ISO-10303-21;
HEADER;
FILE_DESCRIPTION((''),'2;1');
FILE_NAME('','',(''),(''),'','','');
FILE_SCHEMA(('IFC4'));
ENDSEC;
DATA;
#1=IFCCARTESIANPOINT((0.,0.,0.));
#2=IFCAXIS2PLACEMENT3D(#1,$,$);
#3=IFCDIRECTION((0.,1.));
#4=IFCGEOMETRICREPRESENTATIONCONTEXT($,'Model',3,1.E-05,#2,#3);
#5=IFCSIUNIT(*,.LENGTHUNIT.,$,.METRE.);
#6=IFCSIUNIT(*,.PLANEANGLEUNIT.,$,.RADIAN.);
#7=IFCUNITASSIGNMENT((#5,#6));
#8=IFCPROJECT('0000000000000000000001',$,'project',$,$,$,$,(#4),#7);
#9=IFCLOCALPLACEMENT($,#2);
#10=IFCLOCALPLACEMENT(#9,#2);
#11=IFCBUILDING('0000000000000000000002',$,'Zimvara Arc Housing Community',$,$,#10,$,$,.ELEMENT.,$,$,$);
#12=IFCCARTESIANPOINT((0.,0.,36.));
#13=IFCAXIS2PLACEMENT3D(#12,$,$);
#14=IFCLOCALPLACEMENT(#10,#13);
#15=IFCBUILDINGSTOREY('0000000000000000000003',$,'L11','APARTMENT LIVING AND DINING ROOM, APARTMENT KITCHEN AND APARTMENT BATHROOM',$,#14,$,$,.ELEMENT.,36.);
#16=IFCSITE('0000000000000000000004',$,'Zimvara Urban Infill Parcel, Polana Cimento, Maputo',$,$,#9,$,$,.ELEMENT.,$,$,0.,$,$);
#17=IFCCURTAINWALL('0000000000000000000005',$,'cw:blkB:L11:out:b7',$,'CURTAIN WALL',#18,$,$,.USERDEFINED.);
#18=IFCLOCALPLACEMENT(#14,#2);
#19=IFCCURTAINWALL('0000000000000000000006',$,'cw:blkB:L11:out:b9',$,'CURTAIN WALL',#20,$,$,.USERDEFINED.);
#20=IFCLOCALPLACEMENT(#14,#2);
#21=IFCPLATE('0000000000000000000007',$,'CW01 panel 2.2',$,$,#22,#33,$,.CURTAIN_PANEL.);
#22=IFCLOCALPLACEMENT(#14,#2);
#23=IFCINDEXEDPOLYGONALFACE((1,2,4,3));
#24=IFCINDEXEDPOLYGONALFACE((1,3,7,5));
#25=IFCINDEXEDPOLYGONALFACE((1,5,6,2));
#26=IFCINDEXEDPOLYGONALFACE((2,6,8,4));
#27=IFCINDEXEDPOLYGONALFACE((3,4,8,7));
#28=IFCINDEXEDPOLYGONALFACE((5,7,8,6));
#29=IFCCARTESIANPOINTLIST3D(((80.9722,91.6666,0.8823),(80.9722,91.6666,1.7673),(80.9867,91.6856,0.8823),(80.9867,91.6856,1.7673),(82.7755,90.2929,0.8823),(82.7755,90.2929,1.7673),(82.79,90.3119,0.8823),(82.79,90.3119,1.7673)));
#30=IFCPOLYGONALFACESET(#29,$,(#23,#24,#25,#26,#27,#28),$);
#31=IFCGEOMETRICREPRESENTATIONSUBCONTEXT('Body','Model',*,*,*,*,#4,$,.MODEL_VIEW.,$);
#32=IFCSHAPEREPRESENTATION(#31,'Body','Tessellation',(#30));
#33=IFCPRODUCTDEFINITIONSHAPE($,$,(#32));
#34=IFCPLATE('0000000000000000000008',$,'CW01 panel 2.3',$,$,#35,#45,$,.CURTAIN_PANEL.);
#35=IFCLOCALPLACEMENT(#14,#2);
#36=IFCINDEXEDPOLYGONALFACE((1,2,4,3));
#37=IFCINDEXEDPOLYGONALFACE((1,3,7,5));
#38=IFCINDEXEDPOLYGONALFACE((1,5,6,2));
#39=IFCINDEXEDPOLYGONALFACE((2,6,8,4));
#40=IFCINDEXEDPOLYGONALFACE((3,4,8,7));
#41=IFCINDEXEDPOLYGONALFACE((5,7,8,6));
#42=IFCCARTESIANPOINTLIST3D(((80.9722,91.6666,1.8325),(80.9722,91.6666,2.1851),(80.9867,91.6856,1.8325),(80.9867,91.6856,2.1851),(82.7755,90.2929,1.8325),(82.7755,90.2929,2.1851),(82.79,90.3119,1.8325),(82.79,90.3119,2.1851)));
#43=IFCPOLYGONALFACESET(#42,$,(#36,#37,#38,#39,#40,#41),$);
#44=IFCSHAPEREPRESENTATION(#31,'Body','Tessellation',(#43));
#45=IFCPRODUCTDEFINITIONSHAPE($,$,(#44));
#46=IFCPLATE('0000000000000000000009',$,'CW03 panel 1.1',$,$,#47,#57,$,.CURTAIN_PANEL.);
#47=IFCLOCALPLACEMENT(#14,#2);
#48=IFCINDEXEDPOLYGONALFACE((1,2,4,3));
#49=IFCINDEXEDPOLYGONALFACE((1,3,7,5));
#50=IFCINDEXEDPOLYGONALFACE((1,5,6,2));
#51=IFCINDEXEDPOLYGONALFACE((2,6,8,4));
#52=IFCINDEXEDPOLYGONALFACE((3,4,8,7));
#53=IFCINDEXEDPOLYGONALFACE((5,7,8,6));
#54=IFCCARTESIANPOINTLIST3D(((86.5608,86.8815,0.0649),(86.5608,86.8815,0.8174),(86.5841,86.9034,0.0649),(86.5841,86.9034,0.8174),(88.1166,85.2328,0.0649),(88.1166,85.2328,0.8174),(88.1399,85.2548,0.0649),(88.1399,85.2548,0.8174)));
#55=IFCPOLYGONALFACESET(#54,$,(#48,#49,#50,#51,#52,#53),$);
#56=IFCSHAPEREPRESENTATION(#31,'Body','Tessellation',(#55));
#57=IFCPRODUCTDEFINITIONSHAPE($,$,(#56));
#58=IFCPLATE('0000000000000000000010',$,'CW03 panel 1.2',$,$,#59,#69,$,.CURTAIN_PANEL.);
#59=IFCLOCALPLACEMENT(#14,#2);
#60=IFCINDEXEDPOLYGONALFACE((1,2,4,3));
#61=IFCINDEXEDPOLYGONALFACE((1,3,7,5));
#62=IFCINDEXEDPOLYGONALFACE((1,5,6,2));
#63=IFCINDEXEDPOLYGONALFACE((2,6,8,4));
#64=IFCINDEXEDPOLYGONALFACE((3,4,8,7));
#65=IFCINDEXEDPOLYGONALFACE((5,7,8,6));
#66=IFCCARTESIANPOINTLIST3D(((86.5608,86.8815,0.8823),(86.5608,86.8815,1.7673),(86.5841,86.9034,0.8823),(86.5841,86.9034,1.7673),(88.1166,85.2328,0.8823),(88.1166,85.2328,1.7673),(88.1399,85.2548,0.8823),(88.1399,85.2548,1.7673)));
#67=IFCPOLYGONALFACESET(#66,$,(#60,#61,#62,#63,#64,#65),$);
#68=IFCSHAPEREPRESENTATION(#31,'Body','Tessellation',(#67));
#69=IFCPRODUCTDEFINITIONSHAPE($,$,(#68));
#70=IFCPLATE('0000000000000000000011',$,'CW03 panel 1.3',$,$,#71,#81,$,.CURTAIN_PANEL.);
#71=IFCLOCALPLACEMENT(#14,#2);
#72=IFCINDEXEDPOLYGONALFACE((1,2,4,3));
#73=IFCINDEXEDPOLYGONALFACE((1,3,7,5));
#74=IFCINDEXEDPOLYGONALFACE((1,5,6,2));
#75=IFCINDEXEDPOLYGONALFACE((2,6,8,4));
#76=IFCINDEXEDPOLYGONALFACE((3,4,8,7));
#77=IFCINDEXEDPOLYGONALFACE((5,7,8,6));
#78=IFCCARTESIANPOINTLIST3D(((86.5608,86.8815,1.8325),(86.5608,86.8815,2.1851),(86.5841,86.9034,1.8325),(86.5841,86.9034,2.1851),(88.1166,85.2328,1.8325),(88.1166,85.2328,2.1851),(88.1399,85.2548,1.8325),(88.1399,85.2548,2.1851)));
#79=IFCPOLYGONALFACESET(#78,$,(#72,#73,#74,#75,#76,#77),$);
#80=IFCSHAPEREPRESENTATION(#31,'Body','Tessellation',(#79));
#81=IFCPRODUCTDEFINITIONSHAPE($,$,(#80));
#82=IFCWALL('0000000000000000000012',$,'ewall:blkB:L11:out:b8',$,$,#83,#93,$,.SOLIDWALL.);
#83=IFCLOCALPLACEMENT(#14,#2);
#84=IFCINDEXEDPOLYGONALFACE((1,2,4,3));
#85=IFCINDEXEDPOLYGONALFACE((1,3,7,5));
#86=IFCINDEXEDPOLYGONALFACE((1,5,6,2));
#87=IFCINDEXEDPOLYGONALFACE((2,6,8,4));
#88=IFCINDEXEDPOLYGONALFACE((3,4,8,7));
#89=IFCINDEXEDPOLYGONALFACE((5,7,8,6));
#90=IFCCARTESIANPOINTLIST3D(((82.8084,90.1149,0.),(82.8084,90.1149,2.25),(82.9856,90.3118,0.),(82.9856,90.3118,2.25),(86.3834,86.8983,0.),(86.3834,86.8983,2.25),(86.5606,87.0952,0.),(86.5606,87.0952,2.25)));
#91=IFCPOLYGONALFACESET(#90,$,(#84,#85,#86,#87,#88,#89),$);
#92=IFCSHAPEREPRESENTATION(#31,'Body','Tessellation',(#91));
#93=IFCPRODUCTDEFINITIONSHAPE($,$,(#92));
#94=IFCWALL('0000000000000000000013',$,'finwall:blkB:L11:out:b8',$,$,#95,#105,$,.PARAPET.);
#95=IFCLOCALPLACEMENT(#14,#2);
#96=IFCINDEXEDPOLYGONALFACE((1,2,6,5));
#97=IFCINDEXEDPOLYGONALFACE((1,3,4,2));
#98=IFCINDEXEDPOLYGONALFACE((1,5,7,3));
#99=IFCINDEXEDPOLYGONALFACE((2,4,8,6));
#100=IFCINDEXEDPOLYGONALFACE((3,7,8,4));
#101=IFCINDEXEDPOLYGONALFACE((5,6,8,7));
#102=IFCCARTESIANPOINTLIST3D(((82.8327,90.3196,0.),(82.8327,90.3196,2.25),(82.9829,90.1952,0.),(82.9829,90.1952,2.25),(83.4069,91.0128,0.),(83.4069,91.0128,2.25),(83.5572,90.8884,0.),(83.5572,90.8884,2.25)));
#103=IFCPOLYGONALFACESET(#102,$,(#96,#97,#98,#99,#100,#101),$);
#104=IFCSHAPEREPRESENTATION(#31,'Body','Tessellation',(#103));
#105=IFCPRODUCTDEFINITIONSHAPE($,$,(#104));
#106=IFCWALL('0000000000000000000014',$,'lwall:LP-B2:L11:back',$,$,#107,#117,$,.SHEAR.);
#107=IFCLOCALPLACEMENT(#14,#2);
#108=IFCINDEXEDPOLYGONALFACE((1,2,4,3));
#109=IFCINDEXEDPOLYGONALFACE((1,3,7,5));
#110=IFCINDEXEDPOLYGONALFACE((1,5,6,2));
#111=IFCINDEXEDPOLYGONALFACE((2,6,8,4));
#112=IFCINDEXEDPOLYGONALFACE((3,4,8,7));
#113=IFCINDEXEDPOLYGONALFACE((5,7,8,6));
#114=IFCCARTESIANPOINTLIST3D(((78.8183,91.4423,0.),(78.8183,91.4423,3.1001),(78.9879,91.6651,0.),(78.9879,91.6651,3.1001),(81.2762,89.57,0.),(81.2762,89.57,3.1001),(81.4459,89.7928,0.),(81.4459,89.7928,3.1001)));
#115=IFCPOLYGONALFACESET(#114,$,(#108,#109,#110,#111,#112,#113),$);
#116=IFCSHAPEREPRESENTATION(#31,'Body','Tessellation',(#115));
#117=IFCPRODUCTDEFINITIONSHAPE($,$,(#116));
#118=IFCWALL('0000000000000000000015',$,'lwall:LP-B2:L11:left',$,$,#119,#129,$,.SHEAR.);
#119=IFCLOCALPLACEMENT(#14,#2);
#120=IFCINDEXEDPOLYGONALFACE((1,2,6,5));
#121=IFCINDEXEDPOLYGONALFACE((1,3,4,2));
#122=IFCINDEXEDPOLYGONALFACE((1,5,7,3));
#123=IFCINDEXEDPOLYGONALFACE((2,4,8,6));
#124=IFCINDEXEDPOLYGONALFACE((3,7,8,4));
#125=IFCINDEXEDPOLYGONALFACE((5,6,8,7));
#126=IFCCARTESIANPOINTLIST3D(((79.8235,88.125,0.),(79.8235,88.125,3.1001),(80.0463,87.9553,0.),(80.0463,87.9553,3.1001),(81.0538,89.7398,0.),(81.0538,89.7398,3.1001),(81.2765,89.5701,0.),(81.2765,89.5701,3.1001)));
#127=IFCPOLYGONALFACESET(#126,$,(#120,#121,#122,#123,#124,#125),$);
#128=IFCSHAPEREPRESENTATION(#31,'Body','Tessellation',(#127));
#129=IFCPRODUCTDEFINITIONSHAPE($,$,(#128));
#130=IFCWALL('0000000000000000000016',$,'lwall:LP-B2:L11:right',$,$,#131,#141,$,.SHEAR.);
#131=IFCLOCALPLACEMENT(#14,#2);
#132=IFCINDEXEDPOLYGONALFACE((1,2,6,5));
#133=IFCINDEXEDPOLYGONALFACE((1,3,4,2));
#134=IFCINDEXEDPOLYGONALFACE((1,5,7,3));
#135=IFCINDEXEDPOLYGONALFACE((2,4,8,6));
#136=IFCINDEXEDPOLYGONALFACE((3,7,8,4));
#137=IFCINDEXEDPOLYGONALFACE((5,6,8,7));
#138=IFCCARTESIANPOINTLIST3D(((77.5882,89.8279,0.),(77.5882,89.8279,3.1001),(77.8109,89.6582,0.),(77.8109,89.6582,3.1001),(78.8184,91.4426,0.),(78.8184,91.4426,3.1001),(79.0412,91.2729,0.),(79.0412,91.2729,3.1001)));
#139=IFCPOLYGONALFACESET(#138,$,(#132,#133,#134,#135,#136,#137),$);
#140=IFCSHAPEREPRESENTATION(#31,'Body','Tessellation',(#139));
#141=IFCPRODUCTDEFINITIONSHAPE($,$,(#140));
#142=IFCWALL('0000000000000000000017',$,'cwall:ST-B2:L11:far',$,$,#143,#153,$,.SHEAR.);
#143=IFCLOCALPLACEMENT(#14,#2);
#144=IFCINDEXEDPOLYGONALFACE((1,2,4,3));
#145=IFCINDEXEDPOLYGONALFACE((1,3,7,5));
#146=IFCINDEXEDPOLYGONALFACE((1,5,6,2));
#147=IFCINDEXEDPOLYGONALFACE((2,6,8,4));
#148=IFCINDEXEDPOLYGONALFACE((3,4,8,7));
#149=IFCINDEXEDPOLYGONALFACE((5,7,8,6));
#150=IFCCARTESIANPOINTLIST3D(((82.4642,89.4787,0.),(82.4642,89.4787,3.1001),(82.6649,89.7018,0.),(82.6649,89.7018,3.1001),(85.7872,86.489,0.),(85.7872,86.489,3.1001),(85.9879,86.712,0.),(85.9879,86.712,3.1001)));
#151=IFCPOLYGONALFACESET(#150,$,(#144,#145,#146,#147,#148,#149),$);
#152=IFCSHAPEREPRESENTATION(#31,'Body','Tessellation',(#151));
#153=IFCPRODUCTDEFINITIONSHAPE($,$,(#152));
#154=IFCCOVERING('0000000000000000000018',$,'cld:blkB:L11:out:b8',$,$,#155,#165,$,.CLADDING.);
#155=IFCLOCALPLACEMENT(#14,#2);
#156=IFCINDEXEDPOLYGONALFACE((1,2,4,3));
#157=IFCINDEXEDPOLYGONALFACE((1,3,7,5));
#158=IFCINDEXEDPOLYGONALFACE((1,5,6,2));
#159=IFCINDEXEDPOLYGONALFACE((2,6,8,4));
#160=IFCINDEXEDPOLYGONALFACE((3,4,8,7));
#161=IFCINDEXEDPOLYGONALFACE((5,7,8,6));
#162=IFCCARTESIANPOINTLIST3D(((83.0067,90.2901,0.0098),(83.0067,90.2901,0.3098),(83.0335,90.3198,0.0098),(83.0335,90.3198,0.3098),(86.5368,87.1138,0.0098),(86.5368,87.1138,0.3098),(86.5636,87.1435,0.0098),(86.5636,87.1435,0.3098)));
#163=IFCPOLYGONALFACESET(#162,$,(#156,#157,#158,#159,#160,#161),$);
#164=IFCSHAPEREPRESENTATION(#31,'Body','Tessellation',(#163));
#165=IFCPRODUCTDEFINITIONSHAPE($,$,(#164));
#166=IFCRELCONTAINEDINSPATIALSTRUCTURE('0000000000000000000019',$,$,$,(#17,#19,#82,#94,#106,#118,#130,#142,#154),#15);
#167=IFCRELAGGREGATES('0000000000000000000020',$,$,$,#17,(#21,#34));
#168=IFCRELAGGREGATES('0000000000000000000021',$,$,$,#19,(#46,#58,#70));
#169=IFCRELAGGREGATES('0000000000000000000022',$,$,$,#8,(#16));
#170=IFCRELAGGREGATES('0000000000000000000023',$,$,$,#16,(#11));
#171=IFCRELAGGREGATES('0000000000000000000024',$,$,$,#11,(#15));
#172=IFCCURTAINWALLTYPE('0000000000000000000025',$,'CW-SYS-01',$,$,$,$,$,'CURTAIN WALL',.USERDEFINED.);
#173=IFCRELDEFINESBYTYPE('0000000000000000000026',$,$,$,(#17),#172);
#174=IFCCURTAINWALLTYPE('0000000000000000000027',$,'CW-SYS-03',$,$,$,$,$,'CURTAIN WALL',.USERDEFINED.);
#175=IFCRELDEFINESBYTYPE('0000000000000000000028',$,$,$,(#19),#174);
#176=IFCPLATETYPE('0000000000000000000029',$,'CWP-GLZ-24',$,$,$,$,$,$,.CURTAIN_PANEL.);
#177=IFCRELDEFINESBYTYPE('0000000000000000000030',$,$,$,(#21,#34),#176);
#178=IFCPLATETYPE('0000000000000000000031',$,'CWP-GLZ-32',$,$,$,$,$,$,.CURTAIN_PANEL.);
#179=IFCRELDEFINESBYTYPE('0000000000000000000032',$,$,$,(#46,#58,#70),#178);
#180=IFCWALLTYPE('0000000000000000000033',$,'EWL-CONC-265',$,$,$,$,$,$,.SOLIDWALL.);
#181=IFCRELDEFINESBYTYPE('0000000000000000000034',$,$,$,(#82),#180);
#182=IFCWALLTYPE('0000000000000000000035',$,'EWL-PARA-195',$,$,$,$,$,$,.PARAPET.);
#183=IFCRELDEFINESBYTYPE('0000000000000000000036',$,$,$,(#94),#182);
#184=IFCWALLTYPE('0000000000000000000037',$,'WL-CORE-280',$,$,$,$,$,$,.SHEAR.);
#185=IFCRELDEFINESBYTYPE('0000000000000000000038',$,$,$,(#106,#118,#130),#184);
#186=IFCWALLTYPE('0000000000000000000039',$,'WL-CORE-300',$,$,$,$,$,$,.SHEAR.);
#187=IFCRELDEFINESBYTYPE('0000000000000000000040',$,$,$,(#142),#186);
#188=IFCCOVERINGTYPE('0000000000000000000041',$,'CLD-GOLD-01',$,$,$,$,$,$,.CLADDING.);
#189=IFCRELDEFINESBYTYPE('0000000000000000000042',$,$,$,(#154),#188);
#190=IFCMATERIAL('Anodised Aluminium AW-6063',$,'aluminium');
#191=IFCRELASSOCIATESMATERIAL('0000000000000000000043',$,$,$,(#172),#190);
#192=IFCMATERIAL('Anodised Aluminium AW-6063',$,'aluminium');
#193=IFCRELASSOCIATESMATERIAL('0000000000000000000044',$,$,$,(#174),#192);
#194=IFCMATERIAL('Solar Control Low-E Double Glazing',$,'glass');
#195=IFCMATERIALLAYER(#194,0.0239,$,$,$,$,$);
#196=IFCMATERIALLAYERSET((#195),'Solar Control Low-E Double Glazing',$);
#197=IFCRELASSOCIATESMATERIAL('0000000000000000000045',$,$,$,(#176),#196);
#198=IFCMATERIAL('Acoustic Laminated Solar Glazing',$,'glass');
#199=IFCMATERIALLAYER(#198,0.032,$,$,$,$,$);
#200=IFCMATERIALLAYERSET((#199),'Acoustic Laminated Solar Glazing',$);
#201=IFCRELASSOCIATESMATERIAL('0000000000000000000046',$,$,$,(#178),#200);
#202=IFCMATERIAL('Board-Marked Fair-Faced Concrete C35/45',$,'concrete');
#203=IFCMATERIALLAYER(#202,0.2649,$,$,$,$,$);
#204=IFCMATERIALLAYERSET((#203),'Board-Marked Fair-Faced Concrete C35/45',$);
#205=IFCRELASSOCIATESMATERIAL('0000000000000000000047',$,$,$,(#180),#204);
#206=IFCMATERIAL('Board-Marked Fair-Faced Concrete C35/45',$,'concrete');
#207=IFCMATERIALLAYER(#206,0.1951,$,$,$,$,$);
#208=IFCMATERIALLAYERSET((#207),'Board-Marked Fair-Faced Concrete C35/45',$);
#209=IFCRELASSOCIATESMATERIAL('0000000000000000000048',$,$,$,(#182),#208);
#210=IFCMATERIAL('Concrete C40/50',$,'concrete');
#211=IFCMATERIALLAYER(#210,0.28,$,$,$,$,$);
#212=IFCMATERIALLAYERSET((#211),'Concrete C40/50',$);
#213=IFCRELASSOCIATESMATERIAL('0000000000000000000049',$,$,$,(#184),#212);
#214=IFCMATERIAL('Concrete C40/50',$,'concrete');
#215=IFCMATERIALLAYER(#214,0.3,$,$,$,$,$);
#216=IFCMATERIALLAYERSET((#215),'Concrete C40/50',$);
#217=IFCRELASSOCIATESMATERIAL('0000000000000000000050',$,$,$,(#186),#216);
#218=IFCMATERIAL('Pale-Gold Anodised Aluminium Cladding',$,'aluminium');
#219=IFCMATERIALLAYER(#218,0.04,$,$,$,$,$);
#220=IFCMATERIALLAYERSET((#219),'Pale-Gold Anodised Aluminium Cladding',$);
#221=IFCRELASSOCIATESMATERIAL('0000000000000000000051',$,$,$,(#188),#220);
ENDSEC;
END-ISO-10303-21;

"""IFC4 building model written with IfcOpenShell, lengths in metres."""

from ifc_helpers import new_model, si_unit, direction, frame, frame_2d, origin, origin_2d, place, context, subcontext, project, spatial, rectangle, extrude, material, layer, layer_set, type_object, element, aggregate, save


model = new_model("IFC4")

# Units and contexts
model_context = context("Model", 3, precision=1e-05, world=origin(), true_north=direction((0.0, 1.0)))
body_context = subcontext(model_context, "Body", "Model", "MODEL_VIEW")
ifc_project = project(units=[si_unit("LENGTHUNIT", "METRE"), si_unit("PLANEANGLEUNIT", "RADIAN")], contexts=[model_context])

# Site, building, storey
site_placement = place(None, origin())
site = spatial("IfcSite", under=ifc_project, at=site_placement, Name="Zimvara Urban Infill Parcel, Polana Cimento, Maputo", CompositionType="ELEMENT", RefElevation=0.0)
building_placement = place(site_placement, origin())
building = spatial("IfcBuilding", under=site, at=building_placement, Name="Zimvara Arc Housing Community", CompositionType="ELEMENT")
storey_placement = place(building_placement, frame((0.0, 0.0, 36.0)))
storey = spatial("IfcBuildingStorey", under=building, at=storey_placement, Name="L11", Description="APARTMENT LIVING AND DINING ROOM, APARTMENT KITCHEN AND APARTMENT BATHROOM", CompositionType="ELEMENT", Elevation=36.0)

# Curtain wall
ifc_material_1 = material(Name="Anodised Aluminium AW-6063", Category="aluminium")
curtain_wall_type_1 = type_object("IfcCurtainWallType", Name="CW-SYS-01", ElementType="CURTAIN WALL", PredefinedType="USERDEFINED", material=ifc_material_1)
curtain_wall_1_placement = place(storey_placement, origin())
curtain_wall_1 = element("IfcCurtainWall", 1, at=curtain_wall_1_placement, inside=storey, type_object=curtain_wall_type_1, Name="cw:blkB:L11:out:b7", ObjectType="CURTAIN WALL", PredefinedType="USERDEFINED")

# Curtain wall
ifc_material_2 = material(Name="Anodised Aluminium AW-6063", Category="aluminium")
curtain_wall_type_2 = type_object("IfcCurtainWallType", Name="CW-SYS-03", ElementType="CURTAIN WALL", PredefinedType="USERDEFINED", material=ifc_material_2)
curtain_wall_2_placement = place(storey_placement, origin())
curtain_wall_2 = element("IfcCurtainWall", 2, at=curtain_wall_2_placement, inside=storey, type_object=curtain_wall_type_2, Name="cw:blkB:L11:out:b9", ObjectType="CURTAIN WALL", PredefinedType="USERDEFINED")

# Plates
ifc_material_3 = material(Name="Solar Control Low-E Double Glazing", Category="glass")
ifc_layer_1 = layer(ifc_material_3, 0.0239)
ifc_layer_set_1 = layer_set([ifc_layer_1], Name="Solar Control Low-E Double Glazing")
plate_type_1 = type_object("IfcPlateType", Name="CWP-GLZ-24", PredefinedType="CURTAIN_PANEL", material=ifc_layer_set_1)
plate_1_placement = place(storey_placement, frame((81.8811, 90.9893, 0.8823), z_axis=(0.0, 0.0, 1.0), x_axis=(0.795474, -0.605988, 0.0)))
plate_1 = element("IfcPlate", 3, at=plate_1_placement, type_object=plate_type_1, Name="CW01 panel 2.2", PredefinedType="CURTAIN_PANEL", context=body_context, shape_type="SweptSolid", body=[
    extrude(rectangle(XDim=2.2668, YDim=0.0239, at=origin_2d()), origin(), (0.0, 0.0, 1.0), 0.885),
])
plate_2_placement = place(storey_placement, frame((81.8811, 90.9893, 1.8325), z_axis=(0.0, 0.0, 1.0), x_axis=(0.795474, -0.605988, 0.0)))
plate_2 = element("IfcPlate", 4, at=plate_2_placement, type_object=plate_type_1, Name="CW01 panel 2.3", PredefinedType="CURTAIN_PANEL", context=body_context, shape_type="SweptSolid", body=[
    extrude(rectangle(XDim=2.2668, YDim=0.0239, at=origin_2d()), origin(), (0.0, 0.0, 1.0), 0.3525),
])
aggregate(curtain_wall_1, [plate_1, plate_2])
ifc_material_4 = material(Name="Acoustic Laminated Solar Glazing", Category="glass")
ifc_layer_2 = layer(ifc_material_4, 0.032)
ifc_layer_set_2 = layer_set([ifc_layer_2], Name="Acoustic Laminated Solar Glazing")
plate_type_2 = type_object("IfcPlateType", Name="CWP-GLZ-32", PredefinedType="CURTAIN_PANEL", material=ifc_layer_set_2)
plate_3_placement = place(storey_placement, frame((87.3503, 86.0681, 0.0649), z_axis=(0.0, 0.0, 1.0), x_axis=(0.686326, -0.727294, 0.0)))
plate_3 = element("IfcPlate", 5, at=plate_3_placement, type_object=plate_type_2, Name="CW03 panel 1.1", PredefinedType="CURTAIN_PANEL", context=body_context, shape_type="SweptSolid", body=[
    extrude(rectangle(XDim=2.2668, YDim=0.032, at=origin_2d()), origin(), (0.0, 0.0, 1.0), 0.7524),
])
plate_4_placement = place(storey_placement, frame((87.3503, 86.0681, 0.8823), z_axis=(0.0, 0.0, 1.0), x_axis=(0.686326, -0.727294, 0.0)))
plate_4 = element("IfcPlate", 6, at=plate_4_placement, type_object=plate_type_2, Name="CW03 panel 1.2", PredefinedType="CURTAIN_PANEL", context=body_context, shape_type="SweptSolid", body=[
    extrude(rectangle(XDim=2.2668, YDim=0.032, at=origin_2d()), origin(), (0.0, 0.0, 1.0), 0.885),
])
plate_5_placement = place(storey_placement, frame((87.3503, 86.0681, 1.8325), z_axis=(0.0, 0.0, 1.0), x_axis=(0.686326, -0.727294, 0.0)))
plate_5 = element("IfcPlate", 7, at=plate_5_placement, type_object=plate_type_2, Name="CW03 panel 1.3", PredefinedType="CURTAIN_PANEL", context=body_context, shape_type="SweptSolid", body=[
    extrude(rectangle(XDim=2.2668, YDim=0.032, at=origin_2d()), origin(), (0.0, 0.0, 1.0), 0.3525),
])
aggregate(curtain_wall_2, [plate_3, plate_4, plate_5])

# Walls
ifc_material_5 = material(Name="Board-Marked Fair-Faced Concrete C35/45", Category="concrete")
ifc_layer_3 = layer(ifc_material_5, 0.2649)
ifc_layer_set_3 = layer_set([ifc_layer_3], Name="Board-Marked Fair-Faced Concrete C35/45")
wall_type_1 = type_object("IfcWallType", Name="EWL-CONC-265", PredefinedType="SOLIDWALL", material=ifc_layer_set_3)
wall_1_placement = place(storey_placement, frame((82.897, 90.2134, 0.0), z_axis=(0.0, 0.0, 1.0), x_axis=(0.743388, -0.668861, 0.0)))
element("IfcWall", 8, at=wall_1_placement, inside=storey, type_object=wall_type_1, Name="ewall:blkB:L11:out:b8", PredefinedType="SOLIDWALL", context=body_context, shape_type="SweptSolid", body=[
    extrude(rectangle(XDim=4.8091, YDim=0.2649, at=frame_2d((2.4045, 0.0))), origin(), (0.0, 0.0, 1.0), 2.25),
])
ifc_material_6 = material(Name="Board-Marked Fair-Faced Concrete C35/45", Category="concrete")
ifc_layer_4 = layer(ifc_material_6, 0.1951)
ifc_layer_set_4 = layer_set([ifc_layer_4], Name="Board-Marked Fair-Faced Concrete C35/45")
wall_type_2 = type_object("IfcWallType", Name="EWL-PARA-195", PredefinedType="PARAPET", material=ifc_layer_set_4)
wall_2_placement = place(storey_placement, frame((82.9077, 90.2573, 0.0), z_axis=(0.0, 0.0, 1.0), x_axis=(0.637967, 0.770063, 0.0)))
element("IfcWall", 9, at=wall_2_placement, inside=storey, type_object=wall_type_2, Name="finwall:blkB:L11:out:b8", PredefinedType="PARAPET", context=body_context, shape_type="SweptSolid", body=[
    extrude(rectangle(XDim=0.9001, YDim=0.1951, at=frame_2d((0.4502, 0.0))), origin(), (0.0, 0.0, 1.0), 2.25),
])

# Shared definitions
ifc_material_7 = material(Name="Concrete C40/50", Category="concrete")
ifc_layer_5 = layer(ifc_material_7, 0.28)
ifc_layer_set_5 = layer_set([ifc_layer_5], Name="Concrete C40/50")
wall_type_3 = type_object("IfcWallType", Name="WL-CORE-280", PredefinedType="SHEAR", material=ifc_layer_set_5)

# Walls
wall_3_placement = place(storey_placement, frame((81.3611, 89.6814, 0.0), z_axis=(0.0, 0.0, 1.0), x_axis=(-0.795502, 0.60595, 0.0)))
element("IfcWall", 10, at=wall_3_placement, inside=storey, type_object=wall_type_3, Name="lwall:LP-B2:L11:back", PredefinedType="SHEAR", context=body_context, shape_type="SweptSolid", body=[
    extrude(rectangle(XDim=3.0898, YDim=0.28, at=frame_2d((1.5449, 0.0))), origin(), (0.0, 0.0, 1.0), 3.1001),
])
for number, where, z_axis, x_axis, name in (
    (11, (79.9348, 88.04, 0.0), (0.0, 0.0, 1.0), (0.606025, 0.795446, 0.0), "lwall:LP-B2:L11:left"),
    (12, (77.6995, 89.7429, 0.0), (0.0, 0.0, 1.0), (0.606025, 0.795446, 0.0), "lwall:LP-B2:L11:right"),
):
    element("IfcWall", number, at=place(storey_placement, frame(where, z_axis=z_axis, x_axis=x_axis)), inside=storey, type_object=wall_type_3, Name=name, PredefinedType="SHEAR", context=body_context, shape_type="SweptSolid", body=[
        extrude(rectangle(XDim=2.03, YDim=0.28, at=frame_2d((1.0151, 0.0))), origin(), (0.0, 0.0, 1.0), 3.1001),
    ])
ifc_material_8 = material(Name="Concrete C40/50", Category="concrete")
ifc_layer_6 = layer(ifc_material_8, 0.3)
ifc_layer_set_6 = layer_set([ifc_layer_6], Name="Concrete C40/50")
wall_type_4 = type_object("IfcWallType", Name="WL-CORE-300", PredefinedType="SHEAR", material=ifc_layer_set_6)
wall_4_placement = place(storey_placement, frame((85.8875, 86.6006, 0.0), z_axis=(0.0, 0.0, 1.0), x_axis=(-0.7434, 0.668847, 0.0)))
element("IfcWall", 13, at=wall_4_placement, inside=storey, type_object=wall_type_4, Name="cwall:ST-B2:L11:far", PredefinedType="SHEAR", context=body_context, shape_type="SweptSolid", body=[
    extrude(rectangle(XDim=4.47, YDim=0.3, at=frame_2d((2.2349, 0.0))), origin(), (0.0, 0.0, 1.0), 3.1001),
])

# Covering
ifc_material_9 = material(Name="Pale-Gold Anodised Aluminium Cladding", Category="aluminium")
ifc_layer_7 = layer(ifc_material_9, 0.04)
ifc_layer_set_7 = layer_set([ifc_layer_7], Name="Pale-Gold Anodised Aluminium Cladding")
covering_type = type_object("IfcCoveringType", Name="CLD-GOLD-01", PredefinedType="CLADDING", material=ifc_layer_set_7)
covering_placement = place(storey_placement, frame((84.7852, 88.7168, 0.0098), z_axis=(0.0, 0.0, 1.0), x_axis=(0.743377, -0.668872, 0.0)))
element("IfcCovering", 14, at=covering_placement, inside=storey, type_object=covering_type, Name="cld:blkB:L11:out:b8", PredefinedType="CLADDING", context=body_context, shape_type="SweptSolid", body=[
    extrude(rectangle(XDim=4.7488, YDim=0.04, at=origin_2d()), origin(), (0.0, 0.0, 1.0), 0.3),
])

save(model, "model.ifc")
